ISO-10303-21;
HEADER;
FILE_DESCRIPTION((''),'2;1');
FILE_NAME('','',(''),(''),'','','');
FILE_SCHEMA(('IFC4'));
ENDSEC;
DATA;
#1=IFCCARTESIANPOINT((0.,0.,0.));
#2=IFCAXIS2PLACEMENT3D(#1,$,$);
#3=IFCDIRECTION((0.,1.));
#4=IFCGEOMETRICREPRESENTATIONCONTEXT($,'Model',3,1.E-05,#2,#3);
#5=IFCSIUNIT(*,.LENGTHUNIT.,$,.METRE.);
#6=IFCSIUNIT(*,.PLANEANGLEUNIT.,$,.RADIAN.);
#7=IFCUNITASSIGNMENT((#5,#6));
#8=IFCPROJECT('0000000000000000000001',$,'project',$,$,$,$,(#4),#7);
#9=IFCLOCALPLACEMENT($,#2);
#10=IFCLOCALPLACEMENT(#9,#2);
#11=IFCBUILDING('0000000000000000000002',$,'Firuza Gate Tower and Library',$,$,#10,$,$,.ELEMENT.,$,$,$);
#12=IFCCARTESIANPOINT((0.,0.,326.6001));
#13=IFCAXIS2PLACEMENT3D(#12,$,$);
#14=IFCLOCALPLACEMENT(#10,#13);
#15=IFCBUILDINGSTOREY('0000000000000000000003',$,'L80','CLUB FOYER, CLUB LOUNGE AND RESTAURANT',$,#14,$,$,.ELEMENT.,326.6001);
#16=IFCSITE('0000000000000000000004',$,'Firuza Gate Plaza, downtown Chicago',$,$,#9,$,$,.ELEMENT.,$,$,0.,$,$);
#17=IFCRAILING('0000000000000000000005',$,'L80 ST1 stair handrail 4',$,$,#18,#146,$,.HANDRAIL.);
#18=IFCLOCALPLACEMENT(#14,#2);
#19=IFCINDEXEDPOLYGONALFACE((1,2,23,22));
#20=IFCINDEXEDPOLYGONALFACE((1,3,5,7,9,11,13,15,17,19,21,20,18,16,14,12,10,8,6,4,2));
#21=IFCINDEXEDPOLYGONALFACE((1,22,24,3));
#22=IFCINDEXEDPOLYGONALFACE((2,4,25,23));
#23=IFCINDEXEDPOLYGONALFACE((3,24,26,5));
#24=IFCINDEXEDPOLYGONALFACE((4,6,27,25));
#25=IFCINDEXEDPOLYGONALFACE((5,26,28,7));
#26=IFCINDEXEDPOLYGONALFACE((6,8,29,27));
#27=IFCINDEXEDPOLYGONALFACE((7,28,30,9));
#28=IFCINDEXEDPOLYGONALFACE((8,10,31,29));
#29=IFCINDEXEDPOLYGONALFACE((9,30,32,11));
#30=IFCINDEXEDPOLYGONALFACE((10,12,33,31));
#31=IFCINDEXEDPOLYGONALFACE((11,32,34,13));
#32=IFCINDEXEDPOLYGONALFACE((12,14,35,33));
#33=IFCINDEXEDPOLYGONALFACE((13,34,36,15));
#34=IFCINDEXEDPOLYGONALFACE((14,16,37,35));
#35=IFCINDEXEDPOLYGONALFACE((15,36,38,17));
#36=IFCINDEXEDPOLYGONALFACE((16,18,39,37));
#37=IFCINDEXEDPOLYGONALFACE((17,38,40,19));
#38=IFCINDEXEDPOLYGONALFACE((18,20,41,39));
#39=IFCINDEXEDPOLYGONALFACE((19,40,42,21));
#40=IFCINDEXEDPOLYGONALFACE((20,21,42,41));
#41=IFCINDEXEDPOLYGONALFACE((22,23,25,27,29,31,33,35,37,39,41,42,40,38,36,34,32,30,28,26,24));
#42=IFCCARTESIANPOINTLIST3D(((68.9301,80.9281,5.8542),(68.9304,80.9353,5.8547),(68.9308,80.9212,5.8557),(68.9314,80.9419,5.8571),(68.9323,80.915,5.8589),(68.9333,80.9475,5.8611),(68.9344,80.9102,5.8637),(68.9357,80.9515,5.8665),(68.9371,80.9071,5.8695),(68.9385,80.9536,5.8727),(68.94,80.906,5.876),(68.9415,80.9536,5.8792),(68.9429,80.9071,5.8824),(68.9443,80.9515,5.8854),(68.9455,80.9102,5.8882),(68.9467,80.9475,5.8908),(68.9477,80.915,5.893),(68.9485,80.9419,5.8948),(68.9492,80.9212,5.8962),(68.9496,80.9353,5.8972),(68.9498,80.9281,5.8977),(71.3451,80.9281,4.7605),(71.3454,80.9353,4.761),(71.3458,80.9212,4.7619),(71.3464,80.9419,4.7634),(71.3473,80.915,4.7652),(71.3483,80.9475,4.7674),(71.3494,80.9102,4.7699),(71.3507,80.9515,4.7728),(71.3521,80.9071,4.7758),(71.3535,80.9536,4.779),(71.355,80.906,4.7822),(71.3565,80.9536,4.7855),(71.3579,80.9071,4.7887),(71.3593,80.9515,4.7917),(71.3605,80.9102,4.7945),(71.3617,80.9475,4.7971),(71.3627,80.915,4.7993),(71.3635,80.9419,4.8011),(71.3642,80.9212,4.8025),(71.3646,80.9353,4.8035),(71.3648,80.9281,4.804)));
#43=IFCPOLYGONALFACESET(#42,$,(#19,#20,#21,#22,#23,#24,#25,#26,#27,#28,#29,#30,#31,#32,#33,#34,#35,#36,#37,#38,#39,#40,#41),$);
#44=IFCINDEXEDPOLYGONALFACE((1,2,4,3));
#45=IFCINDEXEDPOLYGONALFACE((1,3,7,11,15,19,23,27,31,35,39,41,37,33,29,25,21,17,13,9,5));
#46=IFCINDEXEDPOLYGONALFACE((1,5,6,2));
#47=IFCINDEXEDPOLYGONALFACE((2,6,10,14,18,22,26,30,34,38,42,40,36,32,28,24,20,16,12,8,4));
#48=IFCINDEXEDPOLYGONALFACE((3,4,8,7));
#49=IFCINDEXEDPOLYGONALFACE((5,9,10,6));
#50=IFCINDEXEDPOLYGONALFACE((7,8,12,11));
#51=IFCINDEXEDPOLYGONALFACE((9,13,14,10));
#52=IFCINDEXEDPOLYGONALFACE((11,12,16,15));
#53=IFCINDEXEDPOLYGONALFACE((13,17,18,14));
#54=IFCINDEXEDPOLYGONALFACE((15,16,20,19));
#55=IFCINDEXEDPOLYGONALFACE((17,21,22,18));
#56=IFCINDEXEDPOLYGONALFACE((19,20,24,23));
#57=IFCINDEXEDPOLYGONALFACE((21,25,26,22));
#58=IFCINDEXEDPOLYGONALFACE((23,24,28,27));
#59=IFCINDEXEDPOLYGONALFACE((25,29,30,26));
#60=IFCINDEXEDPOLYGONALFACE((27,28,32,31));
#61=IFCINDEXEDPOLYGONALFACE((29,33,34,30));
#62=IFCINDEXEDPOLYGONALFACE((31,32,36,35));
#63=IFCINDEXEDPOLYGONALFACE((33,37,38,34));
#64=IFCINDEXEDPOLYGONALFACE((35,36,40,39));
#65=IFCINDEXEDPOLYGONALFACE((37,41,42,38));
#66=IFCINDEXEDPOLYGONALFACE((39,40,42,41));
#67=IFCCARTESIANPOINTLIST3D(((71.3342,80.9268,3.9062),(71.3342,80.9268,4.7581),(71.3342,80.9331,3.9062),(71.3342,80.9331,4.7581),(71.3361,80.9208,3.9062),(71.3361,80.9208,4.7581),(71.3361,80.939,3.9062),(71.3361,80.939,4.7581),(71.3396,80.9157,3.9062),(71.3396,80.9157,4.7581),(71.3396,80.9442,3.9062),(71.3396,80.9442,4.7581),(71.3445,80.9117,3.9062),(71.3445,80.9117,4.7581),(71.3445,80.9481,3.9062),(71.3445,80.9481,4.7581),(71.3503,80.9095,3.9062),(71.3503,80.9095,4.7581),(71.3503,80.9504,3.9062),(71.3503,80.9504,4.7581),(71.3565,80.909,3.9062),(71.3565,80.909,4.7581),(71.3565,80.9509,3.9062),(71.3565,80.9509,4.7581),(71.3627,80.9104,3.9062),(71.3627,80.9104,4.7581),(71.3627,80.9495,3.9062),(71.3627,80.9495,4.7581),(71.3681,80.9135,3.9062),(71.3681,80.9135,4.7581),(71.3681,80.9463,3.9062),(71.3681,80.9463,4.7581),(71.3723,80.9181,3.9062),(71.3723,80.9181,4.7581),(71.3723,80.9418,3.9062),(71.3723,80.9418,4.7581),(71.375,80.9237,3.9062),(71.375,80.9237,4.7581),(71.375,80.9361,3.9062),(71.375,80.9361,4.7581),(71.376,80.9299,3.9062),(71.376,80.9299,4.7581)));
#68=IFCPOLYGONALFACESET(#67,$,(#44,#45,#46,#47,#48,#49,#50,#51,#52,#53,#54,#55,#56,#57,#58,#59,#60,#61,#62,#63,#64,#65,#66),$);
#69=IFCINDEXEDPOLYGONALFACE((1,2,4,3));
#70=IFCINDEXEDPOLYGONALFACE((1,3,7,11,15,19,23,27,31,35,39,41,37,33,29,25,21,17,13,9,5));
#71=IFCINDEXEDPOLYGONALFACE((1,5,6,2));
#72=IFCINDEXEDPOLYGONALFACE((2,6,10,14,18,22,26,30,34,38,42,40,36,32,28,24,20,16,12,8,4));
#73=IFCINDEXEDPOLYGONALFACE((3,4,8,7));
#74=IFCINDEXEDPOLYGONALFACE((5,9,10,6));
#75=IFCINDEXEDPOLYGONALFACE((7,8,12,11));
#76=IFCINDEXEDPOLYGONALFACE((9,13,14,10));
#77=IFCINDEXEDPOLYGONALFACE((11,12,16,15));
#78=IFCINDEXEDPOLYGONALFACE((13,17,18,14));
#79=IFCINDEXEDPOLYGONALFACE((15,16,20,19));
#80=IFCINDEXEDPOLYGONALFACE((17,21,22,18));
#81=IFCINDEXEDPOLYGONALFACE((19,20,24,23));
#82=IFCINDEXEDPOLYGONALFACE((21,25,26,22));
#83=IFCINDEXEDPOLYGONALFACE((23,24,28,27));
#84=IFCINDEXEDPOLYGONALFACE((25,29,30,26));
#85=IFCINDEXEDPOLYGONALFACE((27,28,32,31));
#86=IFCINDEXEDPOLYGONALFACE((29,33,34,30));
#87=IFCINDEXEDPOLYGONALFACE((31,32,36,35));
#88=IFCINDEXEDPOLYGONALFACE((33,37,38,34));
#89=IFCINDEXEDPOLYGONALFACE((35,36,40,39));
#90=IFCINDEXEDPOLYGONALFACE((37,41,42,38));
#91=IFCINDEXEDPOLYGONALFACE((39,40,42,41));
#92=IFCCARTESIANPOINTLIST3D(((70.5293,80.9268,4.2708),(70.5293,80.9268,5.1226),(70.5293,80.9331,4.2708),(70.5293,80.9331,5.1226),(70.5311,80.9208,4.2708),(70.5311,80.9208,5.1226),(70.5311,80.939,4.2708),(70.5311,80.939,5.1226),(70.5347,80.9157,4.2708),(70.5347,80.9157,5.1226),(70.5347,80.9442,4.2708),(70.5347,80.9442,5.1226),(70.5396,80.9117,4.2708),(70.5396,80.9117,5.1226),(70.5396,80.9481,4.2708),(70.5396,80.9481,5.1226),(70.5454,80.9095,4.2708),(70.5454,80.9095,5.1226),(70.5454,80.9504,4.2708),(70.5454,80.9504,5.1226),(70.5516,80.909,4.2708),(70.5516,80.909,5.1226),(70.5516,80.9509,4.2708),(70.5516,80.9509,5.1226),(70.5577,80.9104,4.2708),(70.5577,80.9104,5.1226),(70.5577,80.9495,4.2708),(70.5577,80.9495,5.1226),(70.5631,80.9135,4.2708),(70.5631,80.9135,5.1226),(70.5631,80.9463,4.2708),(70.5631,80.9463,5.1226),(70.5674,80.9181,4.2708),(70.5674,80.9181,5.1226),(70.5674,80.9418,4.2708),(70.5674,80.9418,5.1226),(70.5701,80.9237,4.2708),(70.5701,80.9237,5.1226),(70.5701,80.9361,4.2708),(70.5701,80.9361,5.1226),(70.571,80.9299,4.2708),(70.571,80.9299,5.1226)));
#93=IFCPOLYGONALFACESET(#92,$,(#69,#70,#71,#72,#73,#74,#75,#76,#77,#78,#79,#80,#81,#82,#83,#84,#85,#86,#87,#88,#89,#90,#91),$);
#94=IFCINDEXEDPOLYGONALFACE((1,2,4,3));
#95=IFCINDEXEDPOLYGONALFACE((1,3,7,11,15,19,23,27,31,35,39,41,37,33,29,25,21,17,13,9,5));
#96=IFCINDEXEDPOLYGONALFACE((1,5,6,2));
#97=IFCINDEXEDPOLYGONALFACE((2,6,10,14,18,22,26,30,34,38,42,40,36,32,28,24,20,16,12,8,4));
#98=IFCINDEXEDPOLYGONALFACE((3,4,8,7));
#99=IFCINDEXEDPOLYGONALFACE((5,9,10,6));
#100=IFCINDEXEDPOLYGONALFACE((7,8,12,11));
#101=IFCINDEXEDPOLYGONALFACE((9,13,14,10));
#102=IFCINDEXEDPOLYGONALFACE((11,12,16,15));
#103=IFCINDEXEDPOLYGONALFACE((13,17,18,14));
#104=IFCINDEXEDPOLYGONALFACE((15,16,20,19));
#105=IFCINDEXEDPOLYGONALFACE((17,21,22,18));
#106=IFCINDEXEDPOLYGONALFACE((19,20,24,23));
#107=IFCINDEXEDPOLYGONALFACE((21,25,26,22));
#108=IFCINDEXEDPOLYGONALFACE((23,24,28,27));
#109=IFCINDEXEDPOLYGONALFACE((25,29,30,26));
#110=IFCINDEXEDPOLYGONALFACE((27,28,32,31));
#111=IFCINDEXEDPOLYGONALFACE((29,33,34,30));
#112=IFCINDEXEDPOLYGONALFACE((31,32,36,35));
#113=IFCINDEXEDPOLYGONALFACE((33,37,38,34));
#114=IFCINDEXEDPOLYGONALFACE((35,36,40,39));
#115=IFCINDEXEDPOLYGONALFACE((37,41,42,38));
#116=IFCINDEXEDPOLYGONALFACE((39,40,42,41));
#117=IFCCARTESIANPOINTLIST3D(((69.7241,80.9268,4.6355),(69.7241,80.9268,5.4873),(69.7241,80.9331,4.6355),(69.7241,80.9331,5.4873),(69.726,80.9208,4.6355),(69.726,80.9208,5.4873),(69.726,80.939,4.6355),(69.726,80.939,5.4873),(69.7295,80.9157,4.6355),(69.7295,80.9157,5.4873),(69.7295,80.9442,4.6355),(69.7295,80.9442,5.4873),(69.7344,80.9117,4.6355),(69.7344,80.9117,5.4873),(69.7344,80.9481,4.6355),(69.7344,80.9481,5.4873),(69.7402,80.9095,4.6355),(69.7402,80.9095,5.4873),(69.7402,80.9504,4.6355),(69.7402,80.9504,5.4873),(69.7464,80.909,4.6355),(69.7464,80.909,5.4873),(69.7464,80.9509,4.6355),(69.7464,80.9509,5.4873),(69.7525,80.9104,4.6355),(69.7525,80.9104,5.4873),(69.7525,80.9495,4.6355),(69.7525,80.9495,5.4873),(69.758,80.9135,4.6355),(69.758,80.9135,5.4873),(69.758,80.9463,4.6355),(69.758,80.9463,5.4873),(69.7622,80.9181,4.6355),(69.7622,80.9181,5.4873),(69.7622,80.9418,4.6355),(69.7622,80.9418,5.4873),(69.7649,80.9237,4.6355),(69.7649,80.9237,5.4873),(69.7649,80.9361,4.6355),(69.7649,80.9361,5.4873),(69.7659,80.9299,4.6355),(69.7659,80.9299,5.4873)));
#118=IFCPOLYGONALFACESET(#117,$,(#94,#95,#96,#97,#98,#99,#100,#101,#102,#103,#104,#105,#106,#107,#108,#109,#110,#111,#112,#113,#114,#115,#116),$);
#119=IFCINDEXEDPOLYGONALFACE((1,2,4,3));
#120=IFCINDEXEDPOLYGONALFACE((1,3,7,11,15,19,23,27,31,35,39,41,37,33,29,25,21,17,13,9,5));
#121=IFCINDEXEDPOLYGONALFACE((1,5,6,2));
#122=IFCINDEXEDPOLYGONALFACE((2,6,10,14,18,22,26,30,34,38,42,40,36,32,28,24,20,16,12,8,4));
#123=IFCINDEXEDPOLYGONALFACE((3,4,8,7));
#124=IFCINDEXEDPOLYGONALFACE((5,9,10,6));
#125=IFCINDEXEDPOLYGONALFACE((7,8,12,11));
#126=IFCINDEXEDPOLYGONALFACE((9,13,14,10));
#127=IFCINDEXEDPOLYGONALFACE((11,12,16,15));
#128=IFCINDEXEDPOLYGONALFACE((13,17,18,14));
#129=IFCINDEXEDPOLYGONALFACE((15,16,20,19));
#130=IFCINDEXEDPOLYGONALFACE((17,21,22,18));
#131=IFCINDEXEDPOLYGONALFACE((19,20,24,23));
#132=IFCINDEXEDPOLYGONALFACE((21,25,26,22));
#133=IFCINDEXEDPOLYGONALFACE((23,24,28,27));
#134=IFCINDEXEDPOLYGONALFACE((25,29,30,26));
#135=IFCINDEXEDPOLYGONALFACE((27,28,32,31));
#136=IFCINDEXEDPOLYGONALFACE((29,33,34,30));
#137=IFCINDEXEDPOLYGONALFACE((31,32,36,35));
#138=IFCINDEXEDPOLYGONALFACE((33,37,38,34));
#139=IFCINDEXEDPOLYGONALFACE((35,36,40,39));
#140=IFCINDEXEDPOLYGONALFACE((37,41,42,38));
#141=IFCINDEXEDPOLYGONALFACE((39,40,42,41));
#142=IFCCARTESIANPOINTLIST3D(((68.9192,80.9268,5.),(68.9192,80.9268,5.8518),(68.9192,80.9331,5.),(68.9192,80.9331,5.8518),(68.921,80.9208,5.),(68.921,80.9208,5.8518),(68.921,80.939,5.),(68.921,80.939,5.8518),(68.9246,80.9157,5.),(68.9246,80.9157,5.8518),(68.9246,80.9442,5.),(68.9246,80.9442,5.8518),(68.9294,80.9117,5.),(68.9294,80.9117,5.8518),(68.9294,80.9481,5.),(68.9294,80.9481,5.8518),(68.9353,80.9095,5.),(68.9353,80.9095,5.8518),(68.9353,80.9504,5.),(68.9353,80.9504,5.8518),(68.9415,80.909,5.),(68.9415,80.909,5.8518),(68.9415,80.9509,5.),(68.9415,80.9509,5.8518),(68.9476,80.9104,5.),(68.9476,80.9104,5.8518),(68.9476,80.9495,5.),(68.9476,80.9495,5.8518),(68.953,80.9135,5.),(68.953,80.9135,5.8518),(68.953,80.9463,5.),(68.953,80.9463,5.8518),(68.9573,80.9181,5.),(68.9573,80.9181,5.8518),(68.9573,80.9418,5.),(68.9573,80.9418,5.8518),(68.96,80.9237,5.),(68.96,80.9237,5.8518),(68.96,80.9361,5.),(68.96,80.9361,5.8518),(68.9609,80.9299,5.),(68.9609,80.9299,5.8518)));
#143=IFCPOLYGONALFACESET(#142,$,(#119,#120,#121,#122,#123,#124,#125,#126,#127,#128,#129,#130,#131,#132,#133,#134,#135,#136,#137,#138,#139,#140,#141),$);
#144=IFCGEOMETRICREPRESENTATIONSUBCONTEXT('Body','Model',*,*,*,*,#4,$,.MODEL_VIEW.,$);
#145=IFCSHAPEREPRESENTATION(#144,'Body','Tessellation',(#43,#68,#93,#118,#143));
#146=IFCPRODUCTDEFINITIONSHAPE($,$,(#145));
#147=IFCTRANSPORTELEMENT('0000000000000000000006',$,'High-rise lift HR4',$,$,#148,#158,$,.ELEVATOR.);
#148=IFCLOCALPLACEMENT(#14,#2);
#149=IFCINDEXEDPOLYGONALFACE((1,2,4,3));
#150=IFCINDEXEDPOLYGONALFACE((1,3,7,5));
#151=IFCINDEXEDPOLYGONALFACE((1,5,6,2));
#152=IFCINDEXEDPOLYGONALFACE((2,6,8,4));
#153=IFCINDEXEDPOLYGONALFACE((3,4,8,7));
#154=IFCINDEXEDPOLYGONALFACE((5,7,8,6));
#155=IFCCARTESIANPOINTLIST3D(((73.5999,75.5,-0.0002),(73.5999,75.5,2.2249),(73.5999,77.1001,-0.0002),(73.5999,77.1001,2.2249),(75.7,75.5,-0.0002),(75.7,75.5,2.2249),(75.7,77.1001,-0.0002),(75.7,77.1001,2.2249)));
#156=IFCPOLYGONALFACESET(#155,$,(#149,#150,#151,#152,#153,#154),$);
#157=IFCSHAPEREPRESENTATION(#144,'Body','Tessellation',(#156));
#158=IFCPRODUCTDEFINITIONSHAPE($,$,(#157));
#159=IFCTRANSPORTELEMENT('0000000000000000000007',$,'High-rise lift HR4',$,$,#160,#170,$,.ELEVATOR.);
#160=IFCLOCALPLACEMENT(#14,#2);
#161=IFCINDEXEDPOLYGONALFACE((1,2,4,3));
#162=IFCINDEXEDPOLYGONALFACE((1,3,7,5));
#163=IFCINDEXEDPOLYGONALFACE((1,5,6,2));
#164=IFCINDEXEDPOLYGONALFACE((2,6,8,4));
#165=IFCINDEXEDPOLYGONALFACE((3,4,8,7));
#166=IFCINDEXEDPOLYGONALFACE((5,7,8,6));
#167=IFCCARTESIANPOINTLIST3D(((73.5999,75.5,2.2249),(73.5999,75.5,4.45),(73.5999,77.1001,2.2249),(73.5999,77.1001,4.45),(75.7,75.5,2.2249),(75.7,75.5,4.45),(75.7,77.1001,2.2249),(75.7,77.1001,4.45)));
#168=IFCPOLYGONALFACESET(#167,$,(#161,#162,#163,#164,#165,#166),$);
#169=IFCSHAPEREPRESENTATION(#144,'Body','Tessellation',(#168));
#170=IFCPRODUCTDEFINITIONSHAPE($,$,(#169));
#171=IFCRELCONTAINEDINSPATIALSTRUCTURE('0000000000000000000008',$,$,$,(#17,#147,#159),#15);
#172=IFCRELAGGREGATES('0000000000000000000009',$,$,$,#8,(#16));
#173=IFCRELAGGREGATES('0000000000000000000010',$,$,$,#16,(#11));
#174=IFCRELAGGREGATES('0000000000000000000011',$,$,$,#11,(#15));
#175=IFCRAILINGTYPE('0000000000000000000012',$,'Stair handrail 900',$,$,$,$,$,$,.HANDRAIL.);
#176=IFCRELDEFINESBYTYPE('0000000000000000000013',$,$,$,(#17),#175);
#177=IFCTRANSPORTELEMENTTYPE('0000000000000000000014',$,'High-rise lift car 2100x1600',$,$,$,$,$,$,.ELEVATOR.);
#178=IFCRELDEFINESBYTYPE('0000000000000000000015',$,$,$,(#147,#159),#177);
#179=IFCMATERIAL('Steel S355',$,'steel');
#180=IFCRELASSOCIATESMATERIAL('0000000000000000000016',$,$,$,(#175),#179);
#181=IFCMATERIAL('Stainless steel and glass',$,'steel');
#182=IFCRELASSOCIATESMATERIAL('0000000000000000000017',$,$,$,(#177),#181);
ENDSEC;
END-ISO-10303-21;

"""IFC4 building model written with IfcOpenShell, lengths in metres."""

from ifc_helpers import new_model, si_unit, direction, frame, origin, origin_2d, place, context, subcontext, project, spatial, rectangle, circle, extrude, material, type_object, element, save


model = new_model("IFC4")

# Units and contexts
model_context = context("Model", 3, precision=1e-05, world=origin(), true_north=direction((0.0, 1.0)))
body_context = subcontext(model_context, "Body", "Model", "MODEL_VIEW")
ifc_project = project(units=[si_unit("LENGTHUNIT", "METRE"), si_unit("PLANEANGLEUNIT", "RADIAN")], contexts=[model_context])

# Site, building, storey
site_placement = place(None, origin())
site = spatial("IfcSite", under=ifc_project, at=site_placement, Name="Firuza Gate Plaza, downtown Chicago", CompositionType="ELEMENT", RefElevation=0.0)
building_placement = place(site_placement, origin())
building = spatial("IfcBuilding", under=site, at=building_placement, Name="Firuza Gate Tower and Library", CompositionType="ELEMENT")
storey_placement = place(building_placement, frame((0.0, 0.0, 326.6001)))
storey = spatial("IfcBuildingStorey", under=building, at=storey_placement, Name="L80", Description="CLUB FOYER, CLUB LOUNGE AND RESTAURANT", CompositionType="ELEMENT", Elevation=326.6001)

# Railing
ifc_material_1 = material(Name="Steel S355", Category="steel")
railing_type = type_object("IfcRailingType", Name="Stair handrail 900", PredefinedType="HANDRAIL", material=ifc_material_1)
for number, where, name in (
    (1, (71.355, 80.9299, 3.9062), "L80 ST1 stair handrail 4"),
):
    element("IfcRailing", number, at=place(storey_placement, frame(where)), inside=storey, type_object=railing_type, Name=name, PredefinedType="HANDRAIL", context=body_context, shape_type="SweptSolid", body=[
        extrude(circle(Radius=0.0239, at=origin_2d()), frame((0.0, 0.0, 0.876), z_axis=(-0.910933, 0.0, 0.412554), x_axis=(0.0, -1.0, 0.0)), (0.0, 0.0, 1.0), 2.6511),
        extrude(circle(Radius=0.021, at=origin_2d()), origin(), (0.0, 0.0, 1.0), 0.8518),
        extrude(circle(Radius=0.021, at=origin_2d()), frame((-0.8049, 0.0, 0.3645)), (0.0, 0.0, 1.0), 0.8518),
        extrude(circle(Radius=0.021, at=origin_2d()), frame((-1.6101, 0.0, 0.7292)), (0.0, 0.0, 1.0), 0.8518),
        extrude(circle(Radius=0.021, at=origin_2d()), frame((-2.415, 0.0, 1.0938)), (0.0, 0.0, 1.0), 0.8518),
    ])

# Transport elements
ifc_material_2 = material(Name="Stainless steel and glass", Category="steel")
transport_element_type = type_object("IfcTransportElementType", Name="High-rise lift car 2100x1600", PredefinedType="ELEVATOR", material=ifc_material_2)
for number, where, z_axis, x_axis, name in (
    (2, (74.6499, 76.3, -0.0002), (0.0, 0.0, 1.0), (1.0, 0.0, 0.0), "High-rise lift HR4"),
    (3, (74.6499, 76.3, 2.2249), (0.0, 0.0, 1.0), (1.0, 0.0, 0.0), "High-rise lift HR4"),
):
    element("IfcTransportElement", number, at=place(storey_placement, frame(where, z_axis=z_axis, x_axis=x_axis)), inside=storey, type_object=transport_element_type, Name=name, PredefinedType="ELEVATOR", context=body_context, shape_type="SweptSolid", body=[
        extrude(rectangle(XDim=2.1001, YDim=1.6001, at=origin_2d()), origin(), (0.0, 0.0, 1.0), 2.2251),
    ])

save(model, "model.ifc")
